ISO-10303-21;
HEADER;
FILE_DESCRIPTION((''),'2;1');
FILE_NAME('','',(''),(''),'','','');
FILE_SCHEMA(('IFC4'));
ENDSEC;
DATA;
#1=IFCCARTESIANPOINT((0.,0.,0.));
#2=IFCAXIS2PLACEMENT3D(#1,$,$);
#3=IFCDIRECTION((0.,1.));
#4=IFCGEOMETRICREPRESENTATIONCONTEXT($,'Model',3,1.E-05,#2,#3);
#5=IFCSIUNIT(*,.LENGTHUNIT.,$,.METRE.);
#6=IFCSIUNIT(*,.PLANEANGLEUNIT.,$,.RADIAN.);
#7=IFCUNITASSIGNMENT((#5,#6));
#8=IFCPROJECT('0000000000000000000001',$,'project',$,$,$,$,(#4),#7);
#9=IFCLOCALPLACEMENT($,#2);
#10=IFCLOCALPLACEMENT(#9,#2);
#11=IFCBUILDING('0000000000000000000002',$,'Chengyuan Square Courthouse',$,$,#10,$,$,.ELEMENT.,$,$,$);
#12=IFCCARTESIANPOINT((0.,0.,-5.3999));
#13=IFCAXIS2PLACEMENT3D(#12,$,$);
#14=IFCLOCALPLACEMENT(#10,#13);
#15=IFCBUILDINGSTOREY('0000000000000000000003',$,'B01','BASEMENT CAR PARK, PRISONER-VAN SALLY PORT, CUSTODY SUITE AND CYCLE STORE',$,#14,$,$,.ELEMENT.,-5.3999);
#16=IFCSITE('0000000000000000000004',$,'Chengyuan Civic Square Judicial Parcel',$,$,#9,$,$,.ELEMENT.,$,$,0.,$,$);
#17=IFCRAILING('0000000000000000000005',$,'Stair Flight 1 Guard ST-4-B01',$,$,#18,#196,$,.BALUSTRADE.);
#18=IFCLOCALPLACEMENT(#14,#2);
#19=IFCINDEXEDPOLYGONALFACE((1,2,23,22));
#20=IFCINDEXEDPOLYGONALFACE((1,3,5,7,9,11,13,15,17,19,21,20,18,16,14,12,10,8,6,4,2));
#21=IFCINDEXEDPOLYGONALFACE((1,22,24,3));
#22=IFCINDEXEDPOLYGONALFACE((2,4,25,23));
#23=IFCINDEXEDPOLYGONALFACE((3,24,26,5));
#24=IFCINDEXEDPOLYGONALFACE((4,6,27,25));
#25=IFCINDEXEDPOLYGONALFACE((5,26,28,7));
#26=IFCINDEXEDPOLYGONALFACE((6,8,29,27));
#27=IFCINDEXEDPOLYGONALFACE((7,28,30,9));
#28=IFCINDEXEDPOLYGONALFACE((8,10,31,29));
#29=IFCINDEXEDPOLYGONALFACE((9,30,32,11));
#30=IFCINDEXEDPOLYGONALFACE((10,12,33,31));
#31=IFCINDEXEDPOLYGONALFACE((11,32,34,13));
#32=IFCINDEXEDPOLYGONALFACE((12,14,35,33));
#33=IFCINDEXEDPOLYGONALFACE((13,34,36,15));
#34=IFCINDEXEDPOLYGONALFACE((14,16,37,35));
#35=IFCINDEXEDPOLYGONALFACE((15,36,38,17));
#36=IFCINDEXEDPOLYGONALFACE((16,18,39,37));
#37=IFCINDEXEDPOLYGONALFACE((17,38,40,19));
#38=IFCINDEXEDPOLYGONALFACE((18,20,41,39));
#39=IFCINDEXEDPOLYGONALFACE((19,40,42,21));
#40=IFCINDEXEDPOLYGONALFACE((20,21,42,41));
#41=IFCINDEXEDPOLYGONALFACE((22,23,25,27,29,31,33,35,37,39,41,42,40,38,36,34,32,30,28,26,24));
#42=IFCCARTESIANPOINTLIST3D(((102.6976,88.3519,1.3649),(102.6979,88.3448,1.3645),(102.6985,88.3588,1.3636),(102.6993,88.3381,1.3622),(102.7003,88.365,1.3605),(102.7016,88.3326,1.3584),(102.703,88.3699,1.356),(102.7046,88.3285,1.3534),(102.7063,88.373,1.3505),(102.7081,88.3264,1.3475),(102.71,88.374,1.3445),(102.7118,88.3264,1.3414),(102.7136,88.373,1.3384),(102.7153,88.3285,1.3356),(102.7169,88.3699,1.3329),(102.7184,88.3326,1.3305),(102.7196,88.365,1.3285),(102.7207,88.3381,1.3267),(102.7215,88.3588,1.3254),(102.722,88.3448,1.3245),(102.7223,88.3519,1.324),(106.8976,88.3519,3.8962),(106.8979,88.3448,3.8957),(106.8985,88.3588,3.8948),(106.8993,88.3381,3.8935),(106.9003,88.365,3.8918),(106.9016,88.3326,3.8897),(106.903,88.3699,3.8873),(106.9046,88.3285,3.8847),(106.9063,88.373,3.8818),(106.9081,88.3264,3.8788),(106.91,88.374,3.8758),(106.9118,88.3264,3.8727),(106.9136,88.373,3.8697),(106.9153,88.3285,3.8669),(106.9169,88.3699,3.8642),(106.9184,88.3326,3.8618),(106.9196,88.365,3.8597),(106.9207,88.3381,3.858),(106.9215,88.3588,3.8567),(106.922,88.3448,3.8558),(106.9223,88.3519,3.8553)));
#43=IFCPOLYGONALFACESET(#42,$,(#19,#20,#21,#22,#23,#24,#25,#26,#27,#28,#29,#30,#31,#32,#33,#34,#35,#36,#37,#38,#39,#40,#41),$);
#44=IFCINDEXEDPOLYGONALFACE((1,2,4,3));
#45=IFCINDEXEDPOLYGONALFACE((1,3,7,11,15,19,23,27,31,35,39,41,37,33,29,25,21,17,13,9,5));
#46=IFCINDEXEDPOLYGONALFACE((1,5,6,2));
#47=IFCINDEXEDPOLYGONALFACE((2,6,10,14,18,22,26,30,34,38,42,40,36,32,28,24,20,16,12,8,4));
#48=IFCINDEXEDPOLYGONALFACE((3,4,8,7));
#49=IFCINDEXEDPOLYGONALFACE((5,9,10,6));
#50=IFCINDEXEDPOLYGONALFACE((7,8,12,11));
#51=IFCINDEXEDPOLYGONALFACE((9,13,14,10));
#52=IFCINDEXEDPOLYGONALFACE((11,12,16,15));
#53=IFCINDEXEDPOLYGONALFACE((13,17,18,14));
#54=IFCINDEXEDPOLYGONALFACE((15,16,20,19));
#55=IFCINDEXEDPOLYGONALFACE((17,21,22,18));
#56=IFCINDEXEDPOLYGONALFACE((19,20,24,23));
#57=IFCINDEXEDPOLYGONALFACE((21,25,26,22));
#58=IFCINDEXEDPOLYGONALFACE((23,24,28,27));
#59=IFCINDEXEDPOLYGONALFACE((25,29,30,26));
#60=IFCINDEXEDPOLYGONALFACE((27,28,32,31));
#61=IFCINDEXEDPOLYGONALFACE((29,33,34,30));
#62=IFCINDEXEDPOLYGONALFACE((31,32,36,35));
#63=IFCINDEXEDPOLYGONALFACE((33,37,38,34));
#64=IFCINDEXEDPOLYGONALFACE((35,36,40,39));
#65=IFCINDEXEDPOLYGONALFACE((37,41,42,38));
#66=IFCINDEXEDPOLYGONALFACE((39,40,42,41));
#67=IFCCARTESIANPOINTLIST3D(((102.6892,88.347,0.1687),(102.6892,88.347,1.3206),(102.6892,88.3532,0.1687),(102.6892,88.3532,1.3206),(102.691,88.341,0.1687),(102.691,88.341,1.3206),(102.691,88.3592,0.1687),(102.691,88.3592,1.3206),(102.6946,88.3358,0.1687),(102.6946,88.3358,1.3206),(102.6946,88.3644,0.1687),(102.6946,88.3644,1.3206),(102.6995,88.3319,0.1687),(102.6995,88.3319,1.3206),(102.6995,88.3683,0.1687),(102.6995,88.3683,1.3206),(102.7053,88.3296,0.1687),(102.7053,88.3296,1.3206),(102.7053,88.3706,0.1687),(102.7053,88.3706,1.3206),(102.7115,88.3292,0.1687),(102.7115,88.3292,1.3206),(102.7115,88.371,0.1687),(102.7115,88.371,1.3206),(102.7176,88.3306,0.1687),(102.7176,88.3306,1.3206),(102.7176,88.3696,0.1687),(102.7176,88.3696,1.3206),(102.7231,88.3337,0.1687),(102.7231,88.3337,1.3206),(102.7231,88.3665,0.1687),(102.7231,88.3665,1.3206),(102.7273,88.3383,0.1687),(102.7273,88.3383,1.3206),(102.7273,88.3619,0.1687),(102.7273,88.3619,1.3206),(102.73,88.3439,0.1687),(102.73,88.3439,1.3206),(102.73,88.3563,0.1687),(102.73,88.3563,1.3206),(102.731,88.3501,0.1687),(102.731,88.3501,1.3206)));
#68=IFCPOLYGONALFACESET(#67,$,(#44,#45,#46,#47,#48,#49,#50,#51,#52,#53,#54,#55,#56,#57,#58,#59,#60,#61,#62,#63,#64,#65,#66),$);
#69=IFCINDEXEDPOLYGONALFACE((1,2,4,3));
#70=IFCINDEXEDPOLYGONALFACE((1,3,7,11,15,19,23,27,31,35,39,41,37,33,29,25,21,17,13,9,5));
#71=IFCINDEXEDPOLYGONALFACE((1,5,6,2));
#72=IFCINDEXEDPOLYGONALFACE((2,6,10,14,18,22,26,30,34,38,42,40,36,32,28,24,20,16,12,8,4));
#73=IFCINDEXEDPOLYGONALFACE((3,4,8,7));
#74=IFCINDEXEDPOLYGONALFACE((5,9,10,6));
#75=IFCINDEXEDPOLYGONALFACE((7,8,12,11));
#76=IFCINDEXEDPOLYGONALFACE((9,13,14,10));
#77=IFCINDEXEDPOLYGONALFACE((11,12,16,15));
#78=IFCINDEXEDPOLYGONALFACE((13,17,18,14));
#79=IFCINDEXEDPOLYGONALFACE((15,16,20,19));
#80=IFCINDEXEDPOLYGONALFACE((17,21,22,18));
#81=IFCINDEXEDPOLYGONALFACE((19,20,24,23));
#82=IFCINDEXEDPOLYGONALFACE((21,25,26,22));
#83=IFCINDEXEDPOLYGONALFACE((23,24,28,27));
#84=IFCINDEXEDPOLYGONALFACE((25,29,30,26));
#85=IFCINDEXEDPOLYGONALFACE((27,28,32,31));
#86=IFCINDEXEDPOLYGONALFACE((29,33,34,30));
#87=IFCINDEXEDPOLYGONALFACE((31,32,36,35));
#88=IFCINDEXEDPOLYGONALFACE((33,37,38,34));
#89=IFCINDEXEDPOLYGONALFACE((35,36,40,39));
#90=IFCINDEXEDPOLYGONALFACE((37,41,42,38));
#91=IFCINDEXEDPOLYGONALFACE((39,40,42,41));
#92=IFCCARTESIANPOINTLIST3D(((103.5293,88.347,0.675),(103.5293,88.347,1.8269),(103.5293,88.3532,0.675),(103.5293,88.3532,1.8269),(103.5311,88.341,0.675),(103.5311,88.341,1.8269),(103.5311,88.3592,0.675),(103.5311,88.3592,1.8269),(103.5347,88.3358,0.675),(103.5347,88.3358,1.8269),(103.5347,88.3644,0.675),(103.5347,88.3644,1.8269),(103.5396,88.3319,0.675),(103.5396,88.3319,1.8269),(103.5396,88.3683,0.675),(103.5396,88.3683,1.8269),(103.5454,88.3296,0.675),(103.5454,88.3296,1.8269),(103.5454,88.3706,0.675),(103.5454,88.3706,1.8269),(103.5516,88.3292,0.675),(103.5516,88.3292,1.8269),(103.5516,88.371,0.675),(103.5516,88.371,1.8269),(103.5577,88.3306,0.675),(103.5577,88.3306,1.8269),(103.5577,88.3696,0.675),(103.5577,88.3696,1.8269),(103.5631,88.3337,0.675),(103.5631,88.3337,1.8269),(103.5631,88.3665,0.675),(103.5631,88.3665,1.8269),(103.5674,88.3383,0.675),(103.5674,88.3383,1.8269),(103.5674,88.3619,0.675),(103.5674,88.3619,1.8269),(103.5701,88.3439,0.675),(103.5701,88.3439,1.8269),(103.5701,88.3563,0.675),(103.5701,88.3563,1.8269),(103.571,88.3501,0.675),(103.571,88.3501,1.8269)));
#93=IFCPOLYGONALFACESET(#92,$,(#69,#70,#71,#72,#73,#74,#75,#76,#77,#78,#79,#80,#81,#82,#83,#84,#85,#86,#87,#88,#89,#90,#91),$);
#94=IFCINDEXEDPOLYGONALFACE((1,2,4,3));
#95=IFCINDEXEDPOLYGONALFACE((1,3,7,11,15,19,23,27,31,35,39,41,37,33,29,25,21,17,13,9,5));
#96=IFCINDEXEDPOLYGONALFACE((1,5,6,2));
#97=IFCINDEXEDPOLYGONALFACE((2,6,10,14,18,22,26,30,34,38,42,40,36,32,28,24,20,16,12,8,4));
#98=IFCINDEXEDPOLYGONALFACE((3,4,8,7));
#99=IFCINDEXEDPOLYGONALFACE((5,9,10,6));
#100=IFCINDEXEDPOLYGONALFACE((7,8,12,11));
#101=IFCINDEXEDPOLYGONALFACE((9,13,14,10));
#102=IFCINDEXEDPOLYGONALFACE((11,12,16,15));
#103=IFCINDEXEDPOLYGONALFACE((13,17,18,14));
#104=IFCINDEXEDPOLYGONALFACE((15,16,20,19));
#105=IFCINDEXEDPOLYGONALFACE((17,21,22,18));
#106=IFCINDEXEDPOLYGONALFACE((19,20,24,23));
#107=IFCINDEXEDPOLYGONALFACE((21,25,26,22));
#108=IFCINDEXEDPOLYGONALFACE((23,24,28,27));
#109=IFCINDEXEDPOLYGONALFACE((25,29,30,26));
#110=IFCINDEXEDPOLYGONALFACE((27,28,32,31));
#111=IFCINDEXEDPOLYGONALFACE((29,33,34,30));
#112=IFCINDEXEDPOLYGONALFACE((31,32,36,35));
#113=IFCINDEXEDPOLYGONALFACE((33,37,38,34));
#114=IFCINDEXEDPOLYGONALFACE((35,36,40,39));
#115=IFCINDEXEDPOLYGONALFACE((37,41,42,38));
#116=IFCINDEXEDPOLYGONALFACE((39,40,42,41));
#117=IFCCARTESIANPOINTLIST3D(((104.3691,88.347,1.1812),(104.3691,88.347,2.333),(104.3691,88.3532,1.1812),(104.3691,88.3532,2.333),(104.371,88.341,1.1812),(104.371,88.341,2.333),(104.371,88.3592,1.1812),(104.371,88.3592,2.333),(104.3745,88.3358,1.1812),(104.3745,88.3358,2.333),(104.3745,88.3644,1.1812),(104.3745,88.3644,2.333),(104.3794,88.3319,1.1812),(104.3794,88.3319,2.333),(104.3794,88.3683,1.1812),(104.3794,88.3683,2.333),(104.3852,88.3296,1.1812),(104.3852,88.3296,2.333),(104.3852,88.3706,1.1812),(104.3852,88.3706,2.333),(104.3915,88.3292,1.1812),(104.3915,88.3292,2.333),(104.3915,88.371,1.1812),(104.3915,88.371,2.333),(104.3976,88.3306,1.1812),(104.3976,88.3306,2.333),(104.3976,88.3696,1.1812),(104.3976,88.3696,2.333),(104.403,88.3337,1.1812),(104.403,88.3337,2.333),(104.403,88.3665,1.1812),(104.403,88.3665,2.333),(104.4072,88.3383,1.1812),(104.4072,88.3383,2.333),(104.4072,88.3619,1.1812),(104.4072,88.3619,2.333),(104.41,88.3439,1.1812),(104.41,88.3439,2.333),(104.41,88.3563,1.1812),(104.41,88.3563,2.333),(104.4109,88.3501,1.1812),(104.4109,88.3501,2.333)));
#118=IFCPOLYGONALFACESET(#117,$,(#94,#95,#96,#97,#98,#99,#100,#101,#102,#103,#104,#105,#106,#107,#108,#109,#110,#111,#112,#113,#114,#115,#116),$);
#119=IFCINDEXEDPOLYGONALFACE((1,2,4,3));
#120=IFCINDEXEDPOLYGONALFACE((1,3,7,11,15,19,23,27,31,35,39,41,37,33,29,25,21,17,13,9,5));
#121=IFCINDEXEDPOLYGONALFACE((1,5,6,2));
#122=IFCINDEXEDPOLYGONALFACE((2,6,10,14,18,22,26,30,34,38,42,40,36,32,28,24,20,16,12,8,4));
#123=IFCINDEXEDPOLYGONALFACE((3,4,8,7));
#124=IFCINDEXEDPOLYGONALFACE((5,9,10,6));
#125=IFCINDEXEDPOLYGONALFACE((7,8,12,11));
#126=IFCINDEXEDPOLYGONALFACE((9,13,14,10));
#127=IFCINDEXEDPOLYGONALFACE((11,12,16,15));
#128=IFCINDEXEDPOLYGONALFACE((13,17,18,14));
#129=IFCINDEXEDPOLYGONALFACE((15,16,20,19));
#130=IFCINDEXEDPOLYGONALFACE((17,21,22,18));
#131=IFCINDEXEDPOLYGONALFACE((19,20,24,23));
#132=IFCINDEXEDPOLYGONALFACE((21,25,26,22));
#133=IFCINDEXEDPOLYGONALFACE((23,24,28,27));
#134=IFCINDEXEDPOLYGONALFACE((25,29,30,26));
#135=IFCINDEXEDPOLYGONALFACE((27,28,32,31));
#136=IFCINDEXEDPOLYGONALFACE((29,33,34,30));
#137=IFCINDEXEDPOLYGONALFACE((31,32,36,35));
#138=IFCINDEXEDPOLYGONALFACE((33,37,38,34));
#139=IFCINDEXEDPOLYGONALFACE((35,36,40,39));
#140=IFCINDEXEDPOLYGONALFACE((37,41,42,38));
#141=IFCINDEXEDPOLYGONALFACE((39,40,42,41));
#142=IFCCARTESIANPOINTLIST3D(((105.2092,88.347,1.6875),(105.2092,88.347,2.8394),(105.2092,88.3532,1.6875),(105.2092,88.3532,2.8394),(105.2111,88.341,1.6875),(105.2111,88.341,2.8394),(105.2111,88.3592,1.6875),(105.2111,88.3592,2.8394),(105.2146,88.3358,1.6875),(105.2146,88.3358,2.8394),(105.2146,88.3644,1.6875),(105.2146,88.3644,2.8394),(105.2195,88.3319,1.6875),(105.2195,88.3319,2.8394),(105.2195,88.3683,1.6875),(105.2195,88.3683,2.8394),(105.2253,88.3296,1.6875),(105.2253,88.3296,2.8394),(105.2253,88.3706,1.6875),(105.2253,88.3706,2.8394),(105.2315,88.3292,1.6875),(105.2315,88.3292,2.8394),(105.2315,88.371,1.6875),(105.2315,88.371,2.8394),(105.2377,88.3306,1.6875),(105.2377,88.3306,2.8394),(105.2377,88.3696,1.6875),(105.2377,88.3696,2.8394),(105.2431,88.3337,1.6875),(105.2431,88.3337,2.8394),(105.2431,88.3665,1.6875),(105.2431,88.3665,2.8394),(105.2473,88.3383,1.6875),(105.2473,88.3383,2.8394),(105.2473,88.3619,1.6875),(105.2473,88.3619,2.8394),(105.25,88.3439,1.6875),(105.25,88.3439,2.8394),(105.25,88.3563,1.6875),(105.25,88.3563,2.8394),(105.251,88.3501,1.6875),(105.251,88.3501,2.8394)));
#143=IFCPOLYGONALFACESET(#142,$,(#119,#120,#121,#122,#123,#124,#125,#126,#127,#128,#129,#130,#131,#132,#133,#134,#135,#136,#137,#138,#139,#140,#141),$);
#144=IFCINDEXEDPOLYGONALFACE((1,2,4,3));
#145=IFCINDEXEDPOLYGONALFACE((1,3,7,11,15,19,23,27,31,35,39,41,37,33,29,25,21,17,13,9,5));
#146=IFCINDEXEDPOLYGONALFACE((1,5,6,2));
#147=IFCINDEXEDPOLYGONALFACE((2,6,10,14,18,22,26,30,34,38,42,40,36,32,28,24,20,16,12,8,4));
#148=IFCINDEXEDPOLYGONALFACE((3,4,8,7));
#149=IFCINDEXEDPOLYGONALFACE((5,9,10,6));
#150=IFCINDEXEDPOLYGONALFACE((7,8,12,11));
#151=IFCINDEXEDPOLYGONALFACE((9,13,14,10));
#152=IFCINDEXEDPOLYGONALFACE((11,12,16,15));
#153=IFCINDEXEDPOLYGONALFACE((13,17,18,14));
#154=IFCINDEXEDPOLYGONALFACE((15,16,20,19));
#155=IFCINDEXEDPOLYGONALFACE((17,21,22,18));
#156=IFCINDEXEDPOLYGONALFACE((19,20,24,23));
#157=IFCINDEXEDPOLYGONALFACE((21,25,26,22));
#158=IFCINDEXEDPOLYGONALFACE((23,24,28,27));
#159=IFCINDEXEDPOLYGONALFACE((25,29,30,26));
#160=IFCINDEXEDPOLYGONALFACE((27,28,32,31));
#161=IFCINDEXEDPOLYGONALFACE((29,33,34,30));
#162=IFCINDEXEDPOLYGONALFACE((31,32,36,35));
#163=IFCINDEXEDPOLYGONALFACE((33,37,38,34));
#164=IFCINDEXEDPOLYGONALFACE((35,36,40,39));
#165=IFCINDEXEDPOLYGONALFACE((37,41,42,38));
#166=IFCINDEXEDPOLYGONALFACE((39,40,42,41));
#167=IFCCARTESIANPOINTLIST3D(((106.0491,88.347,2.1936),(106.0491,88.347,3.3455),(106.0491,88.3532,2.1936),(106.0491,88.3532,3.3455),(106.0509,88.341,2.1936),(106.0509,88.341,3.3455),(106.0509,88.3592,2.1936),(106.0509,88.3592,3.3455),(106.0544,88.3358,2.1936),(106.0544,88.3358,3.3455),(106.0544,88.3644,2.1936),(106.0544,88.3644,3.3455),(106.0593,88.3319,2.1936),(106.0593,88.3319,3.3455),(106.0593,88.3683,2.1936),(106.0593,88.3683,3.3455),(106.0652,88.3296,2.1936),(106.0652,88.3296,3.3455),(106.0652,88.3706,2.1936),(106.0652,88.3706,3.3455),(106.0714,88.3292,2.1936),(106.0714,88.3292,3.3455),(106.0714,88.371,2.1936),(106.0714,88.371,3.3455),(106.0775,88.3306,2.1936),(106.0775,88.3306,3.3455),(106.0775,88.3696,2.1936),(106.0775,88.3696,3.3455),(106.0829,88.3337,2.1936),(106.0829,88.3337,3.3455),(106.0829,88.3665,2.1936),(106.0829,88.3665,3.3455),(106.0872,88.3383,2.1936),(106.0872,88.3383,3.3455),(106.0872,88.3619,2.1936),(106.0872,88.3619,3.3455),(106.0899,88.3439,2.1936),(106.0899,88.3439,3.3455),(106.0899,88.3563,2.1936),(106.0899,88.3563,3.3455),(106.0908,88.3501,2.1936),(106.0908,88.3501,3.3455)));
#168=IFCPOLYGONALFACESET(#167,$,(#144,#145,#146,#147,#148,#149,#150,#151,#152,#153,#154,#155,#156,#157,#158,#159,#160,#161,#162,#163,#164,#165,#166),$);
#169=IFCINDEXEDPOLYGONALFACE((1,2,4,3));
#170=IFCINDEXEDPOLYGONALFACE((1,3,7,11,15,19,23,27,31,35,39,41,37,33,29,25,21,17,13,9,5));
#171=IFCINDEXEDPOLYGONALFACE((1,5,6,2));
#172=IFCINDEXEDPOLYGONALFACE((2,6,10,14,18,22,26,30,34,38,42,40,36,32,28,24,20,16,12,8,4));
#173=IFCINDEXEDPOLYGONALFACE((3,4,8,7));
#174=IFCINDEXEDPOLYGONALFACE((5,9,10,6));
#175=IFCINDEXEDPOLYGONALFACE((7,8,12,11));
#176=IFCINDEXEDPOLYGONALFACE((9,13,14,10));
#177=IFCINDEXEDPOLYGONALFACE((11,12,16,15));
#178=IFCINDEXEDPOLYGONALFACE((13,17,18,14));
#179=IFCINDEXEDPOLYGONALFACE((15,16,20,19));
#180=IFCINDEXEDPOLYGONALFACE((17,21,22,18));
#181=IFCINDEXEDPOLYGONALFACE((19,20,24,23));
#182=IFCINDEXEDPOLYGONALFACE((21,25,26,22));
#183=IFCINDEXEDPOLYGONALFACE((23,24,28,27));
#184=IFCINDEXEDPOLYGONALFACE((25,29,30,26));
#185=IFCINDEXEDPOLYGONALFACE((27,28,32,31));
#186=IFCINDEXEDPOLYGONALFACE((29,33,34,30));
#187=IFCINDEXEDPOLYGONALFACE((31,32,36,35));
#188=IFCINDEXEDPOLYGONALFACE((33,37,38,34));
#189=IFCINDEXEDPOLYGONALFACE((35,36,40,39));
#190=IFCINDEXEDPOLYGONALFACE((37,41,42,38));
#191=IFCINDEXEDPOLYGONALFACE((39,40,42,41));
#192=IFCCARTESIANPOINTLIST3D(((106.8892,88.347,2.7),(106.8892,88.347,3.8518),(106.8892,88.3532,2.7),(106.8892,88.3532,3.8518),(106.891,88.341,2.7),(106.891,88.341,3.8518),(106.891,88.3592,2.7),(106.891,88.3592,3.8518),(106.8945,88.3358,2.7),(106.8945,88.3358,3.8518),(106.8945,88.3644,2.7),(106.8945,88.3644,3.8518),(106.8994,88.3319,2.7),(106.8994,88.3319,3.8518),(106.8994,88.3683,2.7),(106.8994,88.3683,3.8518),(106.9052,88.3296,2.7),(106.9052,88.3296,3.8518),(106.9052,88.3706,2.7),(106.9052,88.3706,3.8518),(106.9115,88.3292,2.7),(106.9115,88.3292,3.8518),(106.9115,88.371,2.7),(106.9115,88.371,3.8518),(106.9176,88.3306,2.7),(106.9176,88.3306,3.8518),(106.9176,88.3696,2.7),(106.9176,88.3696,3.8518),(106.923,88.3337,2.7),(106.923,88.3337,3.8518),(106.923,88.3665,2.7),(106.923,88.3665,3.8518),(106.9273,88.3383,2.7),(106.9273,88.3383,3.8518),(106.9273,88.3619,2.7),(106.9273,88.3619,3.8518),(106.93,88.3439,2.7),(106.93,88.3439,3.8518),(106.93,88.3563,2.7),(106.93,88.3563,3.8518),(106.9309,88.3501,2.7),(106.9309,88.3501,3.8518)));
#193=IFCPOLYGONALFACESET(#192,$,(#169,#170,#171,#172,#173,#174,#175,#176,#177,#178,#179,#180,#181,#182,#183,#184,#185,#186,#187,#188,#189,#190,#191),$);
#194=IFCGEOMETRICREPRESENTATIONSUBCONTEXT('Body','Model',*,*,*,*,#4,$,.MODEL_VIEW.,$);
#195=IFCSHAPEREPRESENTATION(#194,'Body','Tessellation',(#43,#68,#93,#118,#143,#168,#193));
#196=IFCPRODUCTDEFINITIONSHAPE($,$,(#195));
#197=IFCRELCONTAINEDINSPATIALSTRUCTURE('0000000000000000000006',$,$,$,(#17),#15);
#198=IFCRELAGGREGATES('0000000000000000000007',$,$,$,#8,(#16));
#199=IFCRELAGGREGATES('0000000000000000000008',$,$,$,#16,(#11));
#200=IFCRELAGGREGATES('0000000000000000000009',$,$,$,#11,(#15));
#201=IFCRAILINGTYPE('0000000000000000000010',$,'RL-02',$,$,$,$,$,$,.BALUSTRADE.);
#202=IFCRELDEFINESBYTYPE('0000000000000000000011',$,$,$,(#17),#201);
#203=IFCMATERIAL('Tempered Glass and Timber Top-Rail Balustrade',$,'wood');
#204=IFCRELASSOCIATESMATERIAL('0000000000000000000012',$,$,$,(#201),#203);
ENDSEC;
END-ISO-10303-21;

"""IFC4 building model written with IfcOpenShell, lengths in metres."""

from ifc_helpers import new_model, si_unit, direction, frame, origin, origin_2d, place, context, subcontext, project, spatial, circle, extrude, material, type_object, element, save


model = new_model("IFC4")

# Units and contexts
model_context = context("Model", 3, precision=1e-05, world=origin(), true_north=direction((0.0, 1.0)))
body_context = subcontext(model_context, "Body", "Model", "MODEL_VIEW")
ifc_project = project(units=[si_unit("LENGTHUNIT", "METRE"), si_unit("PLANEANGLEUNIT", "RADIAN")], contexts=[model_context])

# Site, building, storey
site_placement = place(None, origin())
site = spatial("IfcSite", under=ifc_project, at=site_placement, Name="Chengyuan Civic Square Judicial Parcel", CompositionType="ELEMENT", RefElevation=0.0)
building_placement = place(site_placement, origin())
building = spatial("IfcBuilding", under=site, at=building_placement, Name="Chengyuan Square Courthouse", CompositionType="ELEMENT")
storey_placement = place(building_placement, frame((0.0, 0.0, -5.3999)))
storey = spatial("IfcBuildingStorey", under=building, at=storey_placement, Name="B01", Description="BASEMENT CAR PARK, PRISONER-VAN SALLY PORT, CUSTODY SUITE AND CYCLE STORE", CompositionType="ELEMENT", Elevation=-5.3999)

# Railing
ifc_material_1 = material(Name="Tempered Glass and Timber Top-Rail Balustrade", Category="wood")
railing_type_1 = type_object("IfcRailingType", Name="RL-02", PredefinedType="BALUSTRADE", material=ifc_material_1)
railing_1_placement = place(storey_placement, frame((102.71, 88.3501, 0.1687)))
element("IfcRailing", 1, at=railing_1_placement, inside=storey, type_object=railing_type_1, Name="Stair Flight 1 Guard ST-4-B01", PredefinedType="BALUSTRADE", context=body_context, shape_type="SweptSolid", body=[
    extrude(circle(Radius=0.0239, at=origin_2d()), frame((0.0, 0.0, 1.1758), z_axis=(0.856476, 0.0, 0.516186), x_axis=(0.0, 1.0, 0.0)), (0.0, 0.0, 1.0), 4.9038),
    extrude(circle(Radius=0.021, at=origin_2d()), origin(), (0.0, 0.0, 1.0), 1.1519),
    extrude(circle(Radius=0.021, at=origin_2d()), frame((0.8401, 0.0, 0.5063)), (0.0, 0.0, 1.0), 1.1519),
    extrude(circle(Radius=0.021, at=origin_2d()), frame((1.6799, 0.0, 1.0125)), (0.0, 0.0, 1.0), 1.1519),
    extrude(circle(Radius=0.021, at=origin_2d()), frame((2.52, 0.0, 1.5188)), (0.0, 0.0, 1.0), 1.1519),
    extrude(circle(Radius=0.021, at=origin_2d()), frame((3.3599, 0.0, 2.0249)), (0.0, 0.0, 1.0), 1.1519),
    extrude(circle(Radius=0.021, at=origin_2d()), frame((4.2, 0.0, 2.5312)), (0.0, 0.0, 1.0), 1.1519),
])

save(model, "model.ifc")
